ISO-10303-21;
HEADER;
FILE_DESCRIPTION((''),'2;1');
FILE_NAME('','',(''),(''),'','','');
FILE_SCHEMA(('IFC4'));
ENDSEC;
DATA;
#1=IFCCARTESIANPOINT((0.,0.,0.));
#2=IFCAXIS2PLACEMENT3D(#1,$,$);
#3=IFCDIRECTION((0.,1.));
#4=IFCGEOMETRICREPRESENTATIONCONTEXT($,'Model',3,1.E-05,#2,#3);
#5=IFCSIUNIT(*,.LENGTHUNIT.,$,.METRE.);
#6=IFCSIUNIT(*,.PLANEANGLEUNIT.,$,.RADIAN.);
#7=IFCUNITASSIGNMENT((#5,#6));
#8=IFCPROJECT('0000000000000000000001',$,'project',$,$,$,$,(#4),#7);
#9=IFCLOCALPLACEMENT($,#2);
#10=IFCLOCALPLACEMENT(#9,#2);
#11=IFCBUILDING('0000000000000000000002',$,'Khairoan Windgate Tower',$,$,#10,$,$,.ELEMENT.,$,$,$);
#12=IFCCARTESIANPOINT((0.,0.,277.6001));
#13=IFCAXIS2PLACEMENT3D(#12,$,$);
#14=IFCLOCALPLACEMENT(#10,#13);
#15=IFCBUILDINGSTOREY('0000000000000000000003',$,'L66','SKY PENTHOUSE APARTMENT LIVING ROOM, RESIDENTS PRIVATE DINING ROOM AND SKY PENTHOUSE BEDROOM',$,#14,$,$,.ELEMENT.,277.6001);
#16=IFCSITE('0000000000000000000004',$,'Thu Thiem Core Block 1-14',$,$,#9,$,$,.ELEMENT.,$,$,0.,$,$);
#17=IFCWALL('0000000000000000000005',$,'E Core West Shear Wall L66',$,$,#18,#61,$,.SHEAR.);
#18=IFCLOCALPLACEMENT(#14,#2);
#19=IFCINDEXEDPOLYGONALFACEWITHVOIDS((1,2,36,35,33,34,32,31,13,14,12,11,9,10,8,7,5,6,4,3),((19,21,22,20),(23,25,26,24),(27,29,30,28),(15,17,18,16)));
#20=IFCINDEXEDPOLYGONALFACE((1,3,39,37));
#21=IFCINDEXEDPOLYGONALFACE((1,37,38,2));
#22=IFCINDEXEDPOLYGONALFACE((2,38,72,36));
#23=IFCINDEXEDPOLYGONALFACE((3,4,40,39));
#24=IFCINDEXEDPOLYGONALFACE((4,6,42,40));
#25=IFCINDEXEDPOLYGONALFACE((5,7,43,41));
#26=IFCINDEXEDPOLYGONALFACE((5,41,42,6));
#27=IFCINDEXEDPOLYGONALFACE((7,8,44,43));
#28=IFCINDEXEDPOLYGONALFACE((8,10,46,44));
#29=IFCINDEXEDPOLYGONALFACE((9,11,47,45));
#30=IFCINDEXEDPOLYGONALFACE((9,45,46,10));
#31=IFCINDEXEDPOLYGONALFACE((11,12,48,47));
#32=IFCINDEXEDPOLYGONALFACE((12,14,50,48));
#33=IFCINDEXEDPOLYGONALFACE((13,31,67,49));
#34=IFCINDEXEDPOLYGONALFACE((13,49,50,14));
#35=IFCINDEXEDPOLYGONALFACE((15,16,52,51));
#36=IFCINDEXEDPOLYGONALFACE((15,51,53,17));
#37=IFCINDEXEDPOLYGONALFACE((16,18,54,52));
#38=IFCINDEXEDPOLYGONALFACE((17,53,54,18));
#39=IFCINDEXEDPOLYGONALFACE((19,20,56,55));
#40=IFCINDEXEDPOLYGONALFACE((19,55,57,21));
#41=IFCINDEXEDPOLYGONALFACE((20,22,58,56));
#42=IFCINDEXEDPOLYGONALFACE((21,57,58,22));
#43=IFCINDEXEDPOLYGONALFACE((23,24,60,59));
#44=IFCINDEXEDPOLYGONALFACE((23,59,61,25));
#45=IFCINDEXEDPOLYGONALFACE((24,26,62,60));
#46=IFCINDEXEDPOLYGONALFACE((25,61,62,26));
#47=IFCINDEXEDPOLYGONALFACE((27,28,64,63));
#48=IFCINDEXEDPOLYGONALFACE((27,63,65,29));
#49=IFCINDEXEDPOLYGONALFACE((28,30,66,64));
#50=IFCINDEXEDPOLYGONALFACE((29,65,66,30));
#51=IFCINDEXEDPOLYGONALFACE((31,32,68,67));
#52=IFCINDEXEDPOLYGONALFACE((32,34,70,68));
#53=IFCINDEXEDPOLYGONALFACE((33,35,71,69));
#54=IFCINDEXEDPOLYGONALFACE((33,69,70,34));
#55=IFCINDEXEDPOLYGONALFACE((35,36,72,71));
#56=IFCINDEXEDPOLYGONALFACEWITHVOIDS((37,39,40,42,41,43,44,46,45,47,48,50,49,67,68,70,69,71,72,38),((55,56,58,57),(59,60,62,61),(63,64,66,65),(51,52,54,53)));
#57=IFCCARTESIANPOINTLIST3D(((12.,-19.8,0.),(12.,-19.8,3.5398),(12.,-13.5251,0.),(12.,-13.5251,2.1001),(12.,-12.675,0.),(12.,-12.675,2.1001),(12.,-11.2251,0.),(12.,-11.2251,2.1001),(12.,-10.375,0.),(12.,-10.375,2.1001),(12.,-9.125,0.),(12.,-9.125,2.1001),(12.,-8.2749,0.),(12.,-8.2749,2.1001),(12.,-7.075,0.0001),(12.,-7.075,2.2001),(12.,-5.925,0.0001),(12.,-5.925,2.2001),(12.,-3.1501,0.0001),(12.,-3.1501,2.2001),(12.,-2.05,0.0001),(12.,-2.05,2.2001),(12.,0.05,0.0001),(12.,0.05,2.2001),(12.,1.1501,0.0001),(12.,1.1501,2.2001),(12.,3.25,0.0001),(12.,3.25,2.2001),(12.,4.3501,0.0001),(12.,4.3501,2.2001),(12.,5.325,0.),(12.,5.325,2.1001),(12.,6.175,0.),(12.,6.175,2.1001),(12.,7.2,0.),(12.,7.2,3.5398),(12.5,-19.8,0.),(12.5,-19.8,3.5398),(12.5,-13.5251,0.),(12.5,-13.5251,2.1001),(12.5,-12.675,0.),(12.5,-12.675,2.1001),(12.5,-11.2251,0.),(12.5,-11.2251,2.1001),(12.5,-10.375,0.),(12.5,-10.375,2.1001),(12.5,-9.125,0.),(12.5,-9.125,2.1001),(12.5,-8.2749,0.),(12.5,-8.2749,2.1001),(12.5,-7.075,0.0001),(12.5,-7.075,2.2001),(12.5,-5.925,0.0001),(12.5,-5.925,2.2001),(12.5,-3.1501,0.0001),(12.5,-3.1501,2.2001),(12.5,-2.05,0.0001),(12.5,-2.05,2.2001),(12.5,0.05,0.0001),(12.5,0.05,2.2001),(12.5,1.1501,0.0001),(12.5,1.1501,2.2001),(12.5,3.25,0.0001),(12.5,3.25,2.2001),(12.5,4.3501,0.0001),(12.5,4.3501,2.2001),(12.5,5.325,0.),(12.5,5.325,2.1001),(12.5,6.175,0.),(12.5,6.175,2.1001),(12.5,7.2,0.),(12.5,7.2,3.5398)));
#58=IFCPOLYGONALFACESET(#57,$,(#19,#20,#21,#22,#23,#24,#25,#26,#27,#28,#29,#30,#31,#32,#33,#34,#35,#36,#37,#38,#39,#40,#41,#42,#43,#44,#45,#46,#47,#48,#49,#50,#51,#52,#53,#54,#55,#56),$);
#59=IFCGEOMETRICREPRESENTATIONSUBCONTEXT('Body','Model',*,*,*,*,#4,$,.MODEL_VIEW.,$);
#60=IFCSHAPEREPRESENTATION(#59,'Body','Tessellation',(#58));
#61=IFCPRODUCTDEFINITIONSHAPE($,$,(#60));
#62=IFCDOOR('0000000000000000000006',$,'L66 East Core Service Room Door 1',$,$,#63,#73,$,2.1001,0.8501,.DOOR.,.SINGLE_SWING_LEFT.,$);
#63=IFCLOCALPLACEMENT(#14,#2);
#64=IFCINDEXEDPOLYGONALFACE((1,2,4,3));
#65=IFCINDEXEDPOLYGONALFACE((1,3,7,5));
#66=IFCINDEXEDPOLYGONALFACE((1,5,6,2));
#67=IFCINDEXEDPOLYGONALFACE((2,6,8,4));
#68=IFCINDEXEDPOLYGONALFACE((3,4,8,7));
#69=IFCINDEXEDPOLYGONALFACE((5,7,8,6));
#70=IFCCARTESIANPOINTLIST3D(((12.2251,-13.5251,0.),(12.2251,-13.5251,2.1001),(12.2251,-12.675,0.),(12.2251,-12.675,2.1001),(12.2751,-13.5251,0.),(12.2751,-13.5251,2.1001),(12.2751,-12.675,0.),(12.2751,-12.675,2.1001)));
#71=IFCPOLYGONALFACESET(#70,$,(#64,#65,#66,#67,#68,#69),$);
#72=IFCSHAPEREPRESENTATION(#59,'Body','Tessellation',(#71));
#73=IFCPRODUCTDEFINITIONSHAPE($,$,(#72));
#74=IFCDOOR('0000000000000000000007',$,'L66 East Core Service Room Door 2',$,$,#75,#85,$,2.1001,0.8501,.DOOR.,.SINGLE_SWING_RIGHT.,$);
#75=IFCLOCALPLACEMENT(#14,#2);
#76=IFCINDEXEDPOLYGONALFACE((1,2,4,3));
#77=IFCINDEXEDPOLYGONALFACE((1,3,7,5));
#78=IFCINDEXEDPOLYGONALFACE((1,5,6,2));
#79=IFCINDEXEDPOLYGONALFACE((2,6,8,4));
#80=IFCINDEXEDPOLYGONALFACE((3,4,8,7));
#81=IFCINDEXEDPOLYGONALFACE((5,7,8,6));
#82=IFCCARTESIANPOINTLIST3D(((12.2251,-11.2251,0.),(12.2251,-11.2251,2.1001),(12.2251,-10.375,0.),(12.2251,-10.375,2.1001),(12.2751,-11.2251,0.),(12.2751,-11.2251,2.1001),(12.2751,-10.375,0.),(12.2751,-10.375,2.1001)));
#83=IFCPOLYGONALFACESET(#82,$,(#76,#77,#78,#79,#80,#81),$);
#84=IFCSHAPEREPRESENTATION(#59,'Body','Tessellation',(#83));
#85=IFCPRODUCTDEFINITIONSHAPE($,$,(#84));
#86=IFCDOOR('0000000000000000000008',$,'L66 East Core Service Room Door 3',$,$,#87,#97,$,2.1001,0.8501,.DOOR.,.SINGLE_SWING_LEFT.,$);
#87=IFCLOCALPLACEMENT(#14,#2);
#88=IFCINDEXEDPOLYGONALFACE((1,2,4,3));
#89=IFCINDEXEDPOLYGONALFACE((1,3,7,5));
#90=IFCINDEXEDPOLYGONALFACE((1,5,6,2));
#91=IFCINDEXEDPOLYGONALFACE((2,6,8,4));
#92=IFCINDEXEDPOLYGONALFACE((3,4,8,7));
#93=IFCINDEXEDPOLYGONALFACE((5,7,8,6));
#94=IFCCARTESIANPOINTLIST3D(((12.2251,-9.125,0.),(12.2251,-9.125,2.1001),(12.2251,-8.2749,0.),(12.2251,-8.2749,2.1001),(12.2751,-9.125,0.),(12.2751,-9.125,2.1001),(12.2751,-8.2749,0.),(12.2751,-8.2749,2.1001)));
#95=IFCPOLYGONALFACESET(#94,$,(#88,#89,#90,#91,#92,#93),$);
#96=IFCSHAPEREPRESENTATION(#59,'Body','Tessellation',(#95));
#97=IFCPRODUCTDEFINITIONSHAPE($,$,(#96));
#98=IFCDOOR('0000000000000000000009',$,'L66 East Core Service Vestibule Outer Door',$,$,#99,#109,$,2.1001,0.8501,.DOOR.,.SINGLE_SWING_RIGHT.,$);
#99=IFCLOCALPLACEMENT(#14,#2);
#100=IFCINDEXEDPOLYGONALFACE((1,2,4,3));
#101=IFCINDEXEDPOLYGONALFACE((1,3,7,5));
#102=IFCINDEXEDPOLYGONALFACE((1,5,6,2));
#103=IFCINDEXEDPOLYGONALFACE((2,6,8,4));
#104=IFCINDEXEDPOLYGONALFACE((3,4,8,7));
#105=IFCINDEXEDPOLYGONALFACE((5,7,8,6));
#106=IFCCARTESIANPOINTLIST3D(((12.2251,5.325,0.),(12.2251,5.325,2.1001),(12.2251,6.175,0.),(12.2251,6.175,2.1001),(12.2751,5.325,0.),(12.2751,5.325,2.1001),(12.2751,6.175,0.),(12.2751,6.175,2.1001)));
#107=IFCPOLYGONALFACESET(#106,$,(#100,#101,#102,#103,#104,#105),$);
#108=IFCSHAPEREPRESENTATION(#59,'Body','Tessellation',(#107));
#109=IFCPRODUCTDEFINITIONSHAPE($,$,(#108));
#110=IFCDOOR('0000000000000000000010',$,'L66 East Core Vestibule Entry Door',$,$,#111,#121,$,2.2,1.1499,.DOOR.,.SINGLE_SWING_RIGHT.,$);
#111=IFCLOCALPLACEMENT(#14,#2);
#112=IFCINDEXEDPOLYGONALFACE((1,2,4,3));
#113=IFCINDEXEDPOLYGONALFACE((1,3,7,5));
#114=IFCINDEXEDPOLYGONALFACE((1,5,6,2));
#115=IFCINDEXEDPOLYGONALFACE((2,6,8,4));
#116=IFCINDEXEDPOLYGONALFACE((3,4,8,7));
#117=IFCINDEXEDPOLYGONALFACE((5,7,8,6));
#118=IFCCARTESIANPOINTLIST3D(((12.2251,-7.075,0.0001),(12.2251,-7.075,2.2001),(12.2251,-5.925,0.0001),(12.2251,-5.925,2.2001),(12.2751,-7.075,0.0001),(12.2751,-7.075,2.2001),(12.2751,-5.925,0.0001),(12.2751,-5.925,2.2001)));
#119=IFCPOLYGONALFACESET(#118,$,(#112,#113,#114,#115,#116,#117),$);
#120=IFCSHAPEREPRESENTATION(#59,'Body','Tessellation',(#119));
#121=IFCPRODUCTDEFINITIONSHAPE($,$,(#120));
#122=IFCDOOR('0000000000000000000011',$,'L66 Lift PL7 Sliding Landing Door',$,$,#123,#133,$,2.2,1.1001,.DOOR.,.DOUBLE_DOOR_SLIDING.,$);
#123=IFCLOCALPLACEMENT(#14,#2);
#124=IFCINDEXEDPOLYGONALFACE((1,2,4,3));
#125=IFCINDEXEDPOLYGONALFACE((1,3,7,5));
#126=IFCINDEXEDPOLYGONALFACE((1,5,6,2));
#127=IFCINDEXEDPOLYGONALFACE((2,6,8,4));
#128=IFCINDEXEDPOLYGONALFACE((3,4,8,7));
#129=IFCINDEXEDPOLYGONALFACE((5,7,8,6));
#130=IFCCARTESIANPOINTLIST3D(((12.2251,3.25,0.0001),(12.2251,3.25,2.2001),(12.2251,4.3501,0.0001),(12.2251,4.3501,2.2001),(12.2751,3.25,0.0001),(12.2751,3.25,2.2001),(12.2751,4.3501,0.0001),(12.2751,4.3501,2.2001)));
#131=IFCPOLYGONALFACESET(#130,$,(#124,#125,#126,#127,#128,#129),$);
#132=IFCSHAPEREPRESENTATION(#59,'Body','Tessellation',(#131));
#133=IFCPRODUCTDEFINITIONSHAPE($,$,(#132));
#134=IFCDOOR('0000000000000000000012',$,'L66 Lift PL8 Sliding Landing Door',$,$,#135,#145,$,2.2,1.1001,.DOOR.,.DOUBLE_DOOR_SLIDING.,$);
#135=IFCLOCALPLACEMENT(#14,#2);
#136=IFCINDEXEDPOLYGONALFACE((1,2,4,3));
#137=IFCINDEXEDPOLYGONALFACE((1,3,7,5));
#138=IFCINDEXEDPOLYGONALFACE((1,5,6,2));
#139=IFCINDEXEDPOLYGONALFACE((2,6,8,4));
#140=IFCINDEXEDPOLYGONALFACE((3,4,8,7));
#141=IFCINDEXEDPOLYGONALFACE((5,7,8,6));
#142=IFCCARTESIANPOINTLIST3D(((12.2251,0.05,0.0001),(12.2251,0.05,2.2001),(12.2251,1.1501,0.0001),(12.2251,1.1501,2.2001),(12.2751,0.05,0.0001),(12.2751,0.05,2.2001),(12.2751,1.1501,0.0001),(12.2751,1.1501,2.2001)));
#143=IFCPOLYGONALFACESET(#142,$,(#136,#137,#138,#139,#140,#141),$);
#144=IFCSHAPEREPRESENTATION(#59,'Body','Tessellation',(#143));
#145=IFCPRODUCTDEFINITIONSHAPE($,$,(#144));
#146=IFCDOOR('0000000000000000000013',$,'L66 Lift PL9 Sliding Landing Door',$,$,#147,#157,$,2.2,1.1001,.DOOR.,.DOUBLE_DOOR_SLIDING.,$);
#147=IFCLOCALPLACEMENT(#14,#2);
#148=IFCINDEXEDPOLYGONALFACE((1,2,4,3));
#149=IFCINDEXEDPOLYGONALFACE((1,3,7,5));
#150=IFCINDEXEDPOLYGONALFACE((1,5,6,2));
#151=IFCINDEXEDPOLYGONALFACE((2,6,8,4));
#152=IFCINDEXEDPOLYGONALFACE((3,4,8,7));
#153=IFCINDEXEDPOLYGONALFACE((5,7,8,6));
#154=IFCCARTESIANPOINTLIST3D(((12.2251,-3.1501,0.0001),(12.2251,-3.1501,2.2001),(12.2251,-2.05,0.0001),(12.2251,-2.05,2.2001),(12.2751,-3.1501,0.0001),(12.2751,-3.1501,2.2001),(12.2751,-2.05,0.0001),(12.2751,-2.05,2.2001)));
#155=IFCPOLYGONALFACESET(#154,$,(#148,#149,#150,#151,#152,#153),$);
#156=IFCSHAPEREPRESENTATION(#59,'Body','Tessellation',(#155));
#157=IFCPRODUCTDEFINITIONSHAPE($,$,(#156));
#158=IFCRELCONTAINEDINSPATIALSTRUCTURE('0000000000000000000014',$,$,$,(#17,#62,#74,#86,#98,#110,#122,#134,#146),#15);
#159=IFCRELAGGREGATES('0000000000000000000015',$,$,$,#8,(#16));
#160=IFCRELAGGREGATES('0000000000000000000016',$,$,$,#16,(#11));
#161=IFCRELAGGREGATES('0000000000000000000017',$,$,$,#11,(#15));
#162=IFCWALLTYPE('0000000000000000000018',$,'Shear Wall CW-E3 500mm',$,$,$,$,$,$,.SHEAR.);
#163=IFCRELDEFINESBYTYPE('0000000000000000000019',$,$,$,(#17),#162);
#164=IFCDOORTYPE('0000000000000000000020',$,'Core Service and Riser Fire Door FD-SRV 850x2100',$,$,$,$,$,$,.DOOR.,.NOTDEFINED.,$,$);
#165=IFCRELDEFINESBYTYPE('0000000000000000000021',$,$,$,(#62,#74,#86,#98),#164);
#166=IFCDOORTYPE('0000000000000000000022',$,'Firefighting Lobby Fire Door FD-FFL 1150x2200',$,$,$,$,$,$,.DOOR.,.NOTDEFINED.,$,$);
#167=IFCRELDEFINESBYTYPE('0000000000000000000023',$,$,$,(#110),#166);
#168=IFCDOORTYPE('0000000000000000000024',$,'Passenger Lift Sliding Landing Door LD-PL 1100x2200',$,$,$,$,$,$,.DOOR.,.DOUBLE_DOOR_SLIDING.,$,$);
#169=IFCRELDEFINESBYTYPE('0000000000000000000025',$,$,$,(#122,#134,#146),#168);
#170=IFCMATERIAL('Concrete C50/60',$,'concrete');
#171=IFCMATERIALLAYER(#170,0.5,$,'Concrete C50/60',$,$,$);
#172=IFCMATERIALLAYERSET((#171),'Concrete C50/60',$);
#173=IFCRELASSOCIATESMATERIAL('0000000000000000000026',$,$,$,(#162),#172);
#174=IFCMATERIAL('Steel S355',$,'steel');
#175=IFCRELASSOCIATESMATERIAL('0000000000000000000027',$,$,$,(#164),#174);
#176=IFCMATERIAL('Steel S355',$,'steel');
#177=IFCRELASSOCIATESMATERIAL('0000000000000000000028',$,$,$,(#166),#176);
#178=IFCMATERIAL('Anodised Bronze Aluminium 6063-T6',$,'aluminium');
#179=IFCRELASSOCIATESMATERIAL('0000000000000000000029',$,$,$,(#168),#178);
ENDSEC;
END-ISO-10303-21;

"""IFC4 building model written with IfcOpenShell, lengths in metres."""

from ifc_helpers import new_model, si_unit, direction, frame, frame_2d, origin, place, context, subcontext, project, spatial, rectangle, extrude, material, layer, layer_set, type_object, element, fill, save


model = new_model("IFC4")

# Units and contexts
model_context = context("Model", 3, precision=1e-05, world=origin(), true_north=direction((0.0, 1.0)))
body_context = subcontext(model_context, "Body", "Model", "MODEL_VIEW")
ifc_project = project(units=[si_unit("LENGTHUNIT", "METRE"), si_unit("PLANEANGLEUNIT", "RADIAN")], contexts=[model_context])

# Site, building, storey
site_placement = place(None, origin())
site = spatial("IfcSite", under=ifc_project, at=site_placement, Name="Thu Thiem Core Block 1-14", CompositionType="ELEMENT", RefElevation=0.0)
building_placement = place(site_placement, origin())
building = spatial("IfcBuilding", under=site, at=building_placement, Name="Khairoan Windgate Tower", CompositionType="ELEMENT")
storey_placement = place(building_placement, frame((0.0, 0.0, 277.6001)))
storey = spatial("IfcBuildingStorey", under=building, at=storey_placement, Name="L66", Description="SKY PENTHOUSE APARTMENT LIVING ROOM, RESIDENTS PRIVATE DINING ROOM AND SKY PENTHOUSE BEDROOM", CompositionType="ELEMENT", Elevation=277.6001)

# Wall, openings, doors
ifc_material_1 = material(Name="Concrete C50/60", Category="concrete")
ifc_layer_1 = layer(ifc_material_1, 0.5, Name="Concrete C50/60")
ifc_layer_set_1 = layer_set([ifc_layer_1], Name="Concrete C50/60")
wall_type_1 = type_object("IfcWallType", Name="Shear Wall CW-E3 500mm", PredefinedType="SHEAR", material=ifc_layer_set_1)
wall_1_placement = place(storey_placement, frame((12.25, -19.8, 0.0), z_axis=(0.0, 0.0, 1.0), x_axis=(0.0, 1.0, 0.0)))
wall_1 = element("IfcWall", 1, at=wall_1_placement, inside=storey, type_object=wall_type_1, Name="E Core West Shear Wall L66", PredefinedType="SHEAR", context=body_context, shape_type="SweptSolid", body=[
    extrude(rectangle(XDim=27.0, YDim=0.5, at=frame_2d((13.5, 0.0))), origin(), (0.0, 0.0, 1.0), 3.5398),
])
opening_1_placement = place(wall_1_placement, frame((23.05, 0.0, 0.0)))
opening_1 = element("IfcOpeningElement", 2, at=opening_1_placement, cuts=wall_1, PredefinedType="OPENING", context=body_context, shape_type="SweptSolid", body=[
    extrude(rectangle(XDim=1.1001, YDim=2.2, at=frame_2d((0.55, 1.1001))), frame((0.0, 0.26, 0.0), z_axis=(0.0, -1.0, 0.0), x_axis=(1.0, 0.0, 0.0)), (0.0, 0.0, 1.0), 0.52),
])
opening_2_placement = place(wall_1_placement, frame((19.8501, 0.0, 0.0)))
opening_2 = element("IfcOpeningElement", 3, at=opening_2_placement, cuts=wall_1, PredefinedType="OPENING", context=body_context, shape_type="SweptSolid", body=[
    extrude(rectangle(XDim=1.1001, YDim=2.2, at=frame_2d((0.55, 1.1001))), frame((0.0, 0.26, 0.0), z_axis=(0.0, -1.0, 0.0), x_axis=(1.0, 0.0, 0.0)), (0.0, 0.0, 1.0), 0.52),
])
opening_3_placement = place(wall_1_placement, frame((16.6499, 0.0, 0.0)))
opening_3 = element("IfcOpeningElement", 4, at=opening_3_placement, cuts=wall_1, PredefinedType="OPENING", context=body_context, shape_type="SweptSolid", body=[
    extrude(rectangle(XDim=1.1001, YDim=2.2, at=frame_2d((0.55, 1.1001))), frame((0.0, 0.26, 0.0), z_axis=(0.0, -1.0, 0.0), x_axis=(1.0, 0.0, 0.0)), (0.0, 0.0, 1.0), 0.52),
])
opening_4_placement = place(wall_1_placement, frame((6.2749, 0.0, 0.0)))
opening_4 = element("IfcOpeningElement", 5, at=opening_4_placement, cuts=wall_1, PredefinedType="OPENING", context=body_context, shape_type="SweptSolid", body=[
    extrude(rectangle(XDim=0.8501, YDim=2.1001, at=frame_2d((0.425, 1.05))), frame((0.0, 0.26, 0.0), z_axis=(0.0, -1.0, 0.0), x_axis=(1.0, 0.0, 0.0)), (0.0, 0.0, 1.0), 0.52),
])
opening_5_placement = place(wall_1_placement, frame((8.575, 0.0, 0.0)))
opening_5 = element("IfcOpeningElement", 6, at=opening_5_placement, cuts=wall_1, PredefinedType="OPENING", context=body_context, shape_type="SweptSolid", body=[
    extrude(rectangle(XDim=0.8501, YDim=2.1001, at=frame_2d((0.425, 1.05))), frame((0.0, 0.26, 0.0), z_axis=(0.0, -1.0, 0.0), x_axis=(1.0, 0.0, 0.0)), (0.0, 0.0, 1.0), 0.52),
])
opening_6_placement = place(wall_1_placement, frame((10.675, 0.0, 0.0)))
opening_6 = element("IfcOpeningElement", 7, at=opening_6_placement, cuts=wall_1, PredefinedType="OPENING", context=body_context, shape_type="SweptSolid", body=[
    extrude(rectangle(XDim=0.8501, YDim=2.1001, at=frame_2d((0.425, 1.05))), frame((0.0, 0.26, 0.0), z_axis=(0.0, -1.0, 0.0), x_axis=(1.0, 0.0, 0.0)), (0.0, 0.0, 1.0), 0.52),
])
opening_7_placement = place(wall_1_placement, frame((12.7251, 0.0, 0.0)))
opening_7 = element("IfcOpeningElement", 8, at=opening_7_placement, cuts=wall_1, PredefinedType="OPENING", context=body_context, shape_type="SweptSolid", body=[
    extrude(rectangle(XDim=1.1499, YDim=2.2, at=frame_2d((0.575, 1.1001))), frame((0.0, 0.26, 0.0), z_axis=(0.0, -1.0, 0.0), x_axis=(1.0, 0.0, 0.0)), (0.0, 0.0, 1.0), 0.52),
])
opening_8_placement = place(wall_1_placement, frame((25.125, 0.0, 0.0)))
opening_8 = element("IfcOpeningElement", 9, at=opening_8_placement, cuts=wall_1, PredefinedType="OPENING", context=body_context, shape_type="SweptSolid", body=[
    extrude(rectangle(XDim=0.8501, YDim=2.1001, at=frame_2d((0.425, 1.05))), frame((0.0, 0.26, 0.0), z_axis=(0.0, -1.0, 0.0), x_axis=(1.0, 0.0, 0.0)), (0.0, 0.0, 1.0), 0.52),
])
ifc_material_2 = material(Name="Steel S355", Category="steel")
door_type_1 = type_object("IfcDoorType", Name="Core Service and Riser Fire Door FD-SRV 850x2100", OperationType="NOTDEFINED", PredefinedType="DOOR", material=ifc_material_2)
door_1_placement = place(opening_4_placement, origin())
door_1 = element("IfcDoor", 10, at=door_1_placement, inside=storey, type_object=door_type_1, Name="L66 East Core Service Room Door 1", OperationType="SINGLE_SWING_LEFT", OverallHeight=2.1001, OverallWidth=0.8501, PredefinedType="DOOR", context=body_context, shape_type="SweptSolid", body=[
    extrude(rectangle(XDim=0.8501, YDim=2.1001, at=frame_2d((0.425, 1.05))), frame((0.0, 0.0249, 0.0), z_axis=(0.0, -1.0, 0.0), x_axis=(1.0, 0.0, 0.0)), (0.0, 0.0, 1.0), 0.05),
])
fill(opening_4, door_1)
door_2_placement = place(opening_5_placement, origin())
door_2 = element("IfcDoor", 11, at=door_2_placement, inside=storey, type_object=door_type_1, Name="L66 East Core Service Room Door 2", OperationType="SINGLE_SWING_RIGHT", OverallHeight=2.1001, OverallWidth=0.8501, PredefinedType="DOOR", context=body_context, shape_type="SweptSolid", body=[
    extrude(rectangle(XDim=0.8501, YDim=2.1001, at=frame_2d((0.425, 1.05))), frame((0.0, 0.0249, 0.0), z_axis=(0.0, -1.0, 0.0), x_axis=(1.0, 0.0, 0.0)), (0.0, 0.0, 1.0), 0.05),
])
fill(opening_5, door_2)
door_3_placement = place(opening_6_placement, origin())
door_3 = element("IfcDoor", 12, at=door_3_placement, inside=storey, type_object=door_type_1, Name="L66 East Core Service Room Door 3", OperationType="SINGLE_SWING_LEFT", OverallHeight=2.1001, OverallWidth=0.8501, PredefinedType="DOOR", context=body_context, shape_type="SweptSolid", body=[
    extrude(rectangle(XDim=0.8501, YDim=2.1001, at=frame_2d((0.425, 1.05))), frame((0.0, 0.0249, 0.0), z_axis=(0.0, -1.0, 0.0), x_axis=(1.0, 0.0, 0.0)), (0.0, 0.0, 1.0), 0.05),
])
fill(opening_6, door_3)
door_4_placement = place(opening_8_placement, origin())
door_4 = element("IfcDoor", 13, at=door_4_placement, inside=storey, type_object=door_type_1, Name="L66 East Core Service Vestibule Outer Door", OperationType="SINGLE_SWING_RIGHT", OverallHeight=2.1001, OverallWidth=0.8501, PredefinedType="DOOR", context=body_context, shape_type="SweptSolid", body=[
    extrude(rectangle(XDim=0.8501, YDim=2.1001, at=frame_2d((0.425, 1.05))), frame((0.0, 0.0249, 0.0), z_axis=(0.0, -1.0, 0.0), x_axis=(1.0, 0.0, 0.0)), (0.0, 0.0, 1.0), 0.05),
])
fill(opening_8, door_4)
ifc_material_3 = material(Name="Steel S355", Category="steel")
door_type_2 = type_object("IfcDoorType", Name="Firefighting Lobby Fire Door FD-FFL 1150x2200", OperationType="NOTDEFINED", PredefinedType="DOOR", material=ifc_material_3)
door_5_placement = place(opening_7_placement, origin())
door_5 = element("IfcDoor", 14, at=door_5_placement, inside=storey, type_object=door_type_2, Name="L66 East Core Vestibule Entry Door", OperationType="SINGLE_SWING_RIGHT", OverallHeight=2.2, OverallWidth=1.1499, PredefinedType="DOOR", context=body_context, shape_type="SweptSolid", body=[
    extrude(rectangle(XDim=1.1499, YDim=2.2, at=frame_2d((0.575, 1.1001))), frame((0.0, 0.0249, 0.0), z_axis=(0.0, -1.0, 0.0), x_axis=(1.0, 0.0, 0.0)), (0.0, 0.0, 1.0), 0.05),
])
fill(opening_7, door_5)
ifc_material_4 = material(Name="Anodised Bronze Aluminium 6063-T6", Category="aluminium")
door_type_3 = type_object("IfcDoorType", Name="Passenger Lift Sliding Landing Door LD-PL 1100x2200", OperationType="DOUBLE_DOOR_SLIDING", PredefinedType="DOOR", material=ifc_material_4)
door_6_placement = place(opening_1_placement, origin())
door_6 = element("IfcDoor", 15, at=door_6_placement, inside=storey, type_object=door_type_3, Name="L66 Lift PL7 Sliding Landing Door", OperationType="DOUBLE_DOOR_SLIDING", OverallHeight=2.2, OverallWidth=1.1001, PredefinedType="DOOR", context=body_context, shape_type="SweptSolid", body=[
    extrude(rectangle(XDim=1.1001, YDim=2.2, at=frame_2d((0.55, 1.1001))), frame((0.0, 0.0249, 0.0), z_axis=(0.0, -1.0, 0.0), x_axis=(1.0, 0.0, 0.0)), (0.0, 0.0, 1.0), 0.05),
])
fill(opening_1, door_6)
door_7_placement = place(opening_2_placement, origin())
door_7 = element("IfcDoor", 16, at=door_7_placement, inside=storey, type_object=door_type_3, Name="L66 Lift PL8 Sliding Landing Door", OperationType="DOUBLE_DOOR_SLIDING", OverallHeight=2.2, OverallWidth=1.1001, PredefinedType="DOOR", context=body_context, shape_type="SweptSolid", body=[
    extrude(rectangle(XDim=1.1001, YDim=2.2, at=frame_2d((0.55, 1.1001))), frame((0.0, 0.0249, 0.0), z_axis=(0.0, -1.0, 0.0), x_axis=(1.0, 0.0, 0.0)), (0.0, 0.0, 1.0), 0.05),
])
fill(opening_2, door_7)
door_8_placement = place(opening_3_placement, origin())
door_8 = element("IfcDoor", 17, at=door_8_placement, inside=storey, type_object=door_type_3, Name="L66 Lift PL9 Sliding Landing Door", OperationType="DOUBLE_DOOR_SLIDING", OverallHeight=2.2, OverallWidth=1.1001, PredefinedType="DOOR", context=body_context, shape_type="SweptSolid", body=[
    extrude(rectangle(XDim=1.1001, YDim=2.2, at=frame_2d((0.55, 1.1001))), frame((0.0, 0.0249, 0.0), z_axis=(0.0, -1.0, 0.0), x_axis=(1.0, 0.0, 0.0)), (0.0, 0.0, 1.0), 0.05),
])
fill(opening_3, door_8)

save(model, "model.ifc")
